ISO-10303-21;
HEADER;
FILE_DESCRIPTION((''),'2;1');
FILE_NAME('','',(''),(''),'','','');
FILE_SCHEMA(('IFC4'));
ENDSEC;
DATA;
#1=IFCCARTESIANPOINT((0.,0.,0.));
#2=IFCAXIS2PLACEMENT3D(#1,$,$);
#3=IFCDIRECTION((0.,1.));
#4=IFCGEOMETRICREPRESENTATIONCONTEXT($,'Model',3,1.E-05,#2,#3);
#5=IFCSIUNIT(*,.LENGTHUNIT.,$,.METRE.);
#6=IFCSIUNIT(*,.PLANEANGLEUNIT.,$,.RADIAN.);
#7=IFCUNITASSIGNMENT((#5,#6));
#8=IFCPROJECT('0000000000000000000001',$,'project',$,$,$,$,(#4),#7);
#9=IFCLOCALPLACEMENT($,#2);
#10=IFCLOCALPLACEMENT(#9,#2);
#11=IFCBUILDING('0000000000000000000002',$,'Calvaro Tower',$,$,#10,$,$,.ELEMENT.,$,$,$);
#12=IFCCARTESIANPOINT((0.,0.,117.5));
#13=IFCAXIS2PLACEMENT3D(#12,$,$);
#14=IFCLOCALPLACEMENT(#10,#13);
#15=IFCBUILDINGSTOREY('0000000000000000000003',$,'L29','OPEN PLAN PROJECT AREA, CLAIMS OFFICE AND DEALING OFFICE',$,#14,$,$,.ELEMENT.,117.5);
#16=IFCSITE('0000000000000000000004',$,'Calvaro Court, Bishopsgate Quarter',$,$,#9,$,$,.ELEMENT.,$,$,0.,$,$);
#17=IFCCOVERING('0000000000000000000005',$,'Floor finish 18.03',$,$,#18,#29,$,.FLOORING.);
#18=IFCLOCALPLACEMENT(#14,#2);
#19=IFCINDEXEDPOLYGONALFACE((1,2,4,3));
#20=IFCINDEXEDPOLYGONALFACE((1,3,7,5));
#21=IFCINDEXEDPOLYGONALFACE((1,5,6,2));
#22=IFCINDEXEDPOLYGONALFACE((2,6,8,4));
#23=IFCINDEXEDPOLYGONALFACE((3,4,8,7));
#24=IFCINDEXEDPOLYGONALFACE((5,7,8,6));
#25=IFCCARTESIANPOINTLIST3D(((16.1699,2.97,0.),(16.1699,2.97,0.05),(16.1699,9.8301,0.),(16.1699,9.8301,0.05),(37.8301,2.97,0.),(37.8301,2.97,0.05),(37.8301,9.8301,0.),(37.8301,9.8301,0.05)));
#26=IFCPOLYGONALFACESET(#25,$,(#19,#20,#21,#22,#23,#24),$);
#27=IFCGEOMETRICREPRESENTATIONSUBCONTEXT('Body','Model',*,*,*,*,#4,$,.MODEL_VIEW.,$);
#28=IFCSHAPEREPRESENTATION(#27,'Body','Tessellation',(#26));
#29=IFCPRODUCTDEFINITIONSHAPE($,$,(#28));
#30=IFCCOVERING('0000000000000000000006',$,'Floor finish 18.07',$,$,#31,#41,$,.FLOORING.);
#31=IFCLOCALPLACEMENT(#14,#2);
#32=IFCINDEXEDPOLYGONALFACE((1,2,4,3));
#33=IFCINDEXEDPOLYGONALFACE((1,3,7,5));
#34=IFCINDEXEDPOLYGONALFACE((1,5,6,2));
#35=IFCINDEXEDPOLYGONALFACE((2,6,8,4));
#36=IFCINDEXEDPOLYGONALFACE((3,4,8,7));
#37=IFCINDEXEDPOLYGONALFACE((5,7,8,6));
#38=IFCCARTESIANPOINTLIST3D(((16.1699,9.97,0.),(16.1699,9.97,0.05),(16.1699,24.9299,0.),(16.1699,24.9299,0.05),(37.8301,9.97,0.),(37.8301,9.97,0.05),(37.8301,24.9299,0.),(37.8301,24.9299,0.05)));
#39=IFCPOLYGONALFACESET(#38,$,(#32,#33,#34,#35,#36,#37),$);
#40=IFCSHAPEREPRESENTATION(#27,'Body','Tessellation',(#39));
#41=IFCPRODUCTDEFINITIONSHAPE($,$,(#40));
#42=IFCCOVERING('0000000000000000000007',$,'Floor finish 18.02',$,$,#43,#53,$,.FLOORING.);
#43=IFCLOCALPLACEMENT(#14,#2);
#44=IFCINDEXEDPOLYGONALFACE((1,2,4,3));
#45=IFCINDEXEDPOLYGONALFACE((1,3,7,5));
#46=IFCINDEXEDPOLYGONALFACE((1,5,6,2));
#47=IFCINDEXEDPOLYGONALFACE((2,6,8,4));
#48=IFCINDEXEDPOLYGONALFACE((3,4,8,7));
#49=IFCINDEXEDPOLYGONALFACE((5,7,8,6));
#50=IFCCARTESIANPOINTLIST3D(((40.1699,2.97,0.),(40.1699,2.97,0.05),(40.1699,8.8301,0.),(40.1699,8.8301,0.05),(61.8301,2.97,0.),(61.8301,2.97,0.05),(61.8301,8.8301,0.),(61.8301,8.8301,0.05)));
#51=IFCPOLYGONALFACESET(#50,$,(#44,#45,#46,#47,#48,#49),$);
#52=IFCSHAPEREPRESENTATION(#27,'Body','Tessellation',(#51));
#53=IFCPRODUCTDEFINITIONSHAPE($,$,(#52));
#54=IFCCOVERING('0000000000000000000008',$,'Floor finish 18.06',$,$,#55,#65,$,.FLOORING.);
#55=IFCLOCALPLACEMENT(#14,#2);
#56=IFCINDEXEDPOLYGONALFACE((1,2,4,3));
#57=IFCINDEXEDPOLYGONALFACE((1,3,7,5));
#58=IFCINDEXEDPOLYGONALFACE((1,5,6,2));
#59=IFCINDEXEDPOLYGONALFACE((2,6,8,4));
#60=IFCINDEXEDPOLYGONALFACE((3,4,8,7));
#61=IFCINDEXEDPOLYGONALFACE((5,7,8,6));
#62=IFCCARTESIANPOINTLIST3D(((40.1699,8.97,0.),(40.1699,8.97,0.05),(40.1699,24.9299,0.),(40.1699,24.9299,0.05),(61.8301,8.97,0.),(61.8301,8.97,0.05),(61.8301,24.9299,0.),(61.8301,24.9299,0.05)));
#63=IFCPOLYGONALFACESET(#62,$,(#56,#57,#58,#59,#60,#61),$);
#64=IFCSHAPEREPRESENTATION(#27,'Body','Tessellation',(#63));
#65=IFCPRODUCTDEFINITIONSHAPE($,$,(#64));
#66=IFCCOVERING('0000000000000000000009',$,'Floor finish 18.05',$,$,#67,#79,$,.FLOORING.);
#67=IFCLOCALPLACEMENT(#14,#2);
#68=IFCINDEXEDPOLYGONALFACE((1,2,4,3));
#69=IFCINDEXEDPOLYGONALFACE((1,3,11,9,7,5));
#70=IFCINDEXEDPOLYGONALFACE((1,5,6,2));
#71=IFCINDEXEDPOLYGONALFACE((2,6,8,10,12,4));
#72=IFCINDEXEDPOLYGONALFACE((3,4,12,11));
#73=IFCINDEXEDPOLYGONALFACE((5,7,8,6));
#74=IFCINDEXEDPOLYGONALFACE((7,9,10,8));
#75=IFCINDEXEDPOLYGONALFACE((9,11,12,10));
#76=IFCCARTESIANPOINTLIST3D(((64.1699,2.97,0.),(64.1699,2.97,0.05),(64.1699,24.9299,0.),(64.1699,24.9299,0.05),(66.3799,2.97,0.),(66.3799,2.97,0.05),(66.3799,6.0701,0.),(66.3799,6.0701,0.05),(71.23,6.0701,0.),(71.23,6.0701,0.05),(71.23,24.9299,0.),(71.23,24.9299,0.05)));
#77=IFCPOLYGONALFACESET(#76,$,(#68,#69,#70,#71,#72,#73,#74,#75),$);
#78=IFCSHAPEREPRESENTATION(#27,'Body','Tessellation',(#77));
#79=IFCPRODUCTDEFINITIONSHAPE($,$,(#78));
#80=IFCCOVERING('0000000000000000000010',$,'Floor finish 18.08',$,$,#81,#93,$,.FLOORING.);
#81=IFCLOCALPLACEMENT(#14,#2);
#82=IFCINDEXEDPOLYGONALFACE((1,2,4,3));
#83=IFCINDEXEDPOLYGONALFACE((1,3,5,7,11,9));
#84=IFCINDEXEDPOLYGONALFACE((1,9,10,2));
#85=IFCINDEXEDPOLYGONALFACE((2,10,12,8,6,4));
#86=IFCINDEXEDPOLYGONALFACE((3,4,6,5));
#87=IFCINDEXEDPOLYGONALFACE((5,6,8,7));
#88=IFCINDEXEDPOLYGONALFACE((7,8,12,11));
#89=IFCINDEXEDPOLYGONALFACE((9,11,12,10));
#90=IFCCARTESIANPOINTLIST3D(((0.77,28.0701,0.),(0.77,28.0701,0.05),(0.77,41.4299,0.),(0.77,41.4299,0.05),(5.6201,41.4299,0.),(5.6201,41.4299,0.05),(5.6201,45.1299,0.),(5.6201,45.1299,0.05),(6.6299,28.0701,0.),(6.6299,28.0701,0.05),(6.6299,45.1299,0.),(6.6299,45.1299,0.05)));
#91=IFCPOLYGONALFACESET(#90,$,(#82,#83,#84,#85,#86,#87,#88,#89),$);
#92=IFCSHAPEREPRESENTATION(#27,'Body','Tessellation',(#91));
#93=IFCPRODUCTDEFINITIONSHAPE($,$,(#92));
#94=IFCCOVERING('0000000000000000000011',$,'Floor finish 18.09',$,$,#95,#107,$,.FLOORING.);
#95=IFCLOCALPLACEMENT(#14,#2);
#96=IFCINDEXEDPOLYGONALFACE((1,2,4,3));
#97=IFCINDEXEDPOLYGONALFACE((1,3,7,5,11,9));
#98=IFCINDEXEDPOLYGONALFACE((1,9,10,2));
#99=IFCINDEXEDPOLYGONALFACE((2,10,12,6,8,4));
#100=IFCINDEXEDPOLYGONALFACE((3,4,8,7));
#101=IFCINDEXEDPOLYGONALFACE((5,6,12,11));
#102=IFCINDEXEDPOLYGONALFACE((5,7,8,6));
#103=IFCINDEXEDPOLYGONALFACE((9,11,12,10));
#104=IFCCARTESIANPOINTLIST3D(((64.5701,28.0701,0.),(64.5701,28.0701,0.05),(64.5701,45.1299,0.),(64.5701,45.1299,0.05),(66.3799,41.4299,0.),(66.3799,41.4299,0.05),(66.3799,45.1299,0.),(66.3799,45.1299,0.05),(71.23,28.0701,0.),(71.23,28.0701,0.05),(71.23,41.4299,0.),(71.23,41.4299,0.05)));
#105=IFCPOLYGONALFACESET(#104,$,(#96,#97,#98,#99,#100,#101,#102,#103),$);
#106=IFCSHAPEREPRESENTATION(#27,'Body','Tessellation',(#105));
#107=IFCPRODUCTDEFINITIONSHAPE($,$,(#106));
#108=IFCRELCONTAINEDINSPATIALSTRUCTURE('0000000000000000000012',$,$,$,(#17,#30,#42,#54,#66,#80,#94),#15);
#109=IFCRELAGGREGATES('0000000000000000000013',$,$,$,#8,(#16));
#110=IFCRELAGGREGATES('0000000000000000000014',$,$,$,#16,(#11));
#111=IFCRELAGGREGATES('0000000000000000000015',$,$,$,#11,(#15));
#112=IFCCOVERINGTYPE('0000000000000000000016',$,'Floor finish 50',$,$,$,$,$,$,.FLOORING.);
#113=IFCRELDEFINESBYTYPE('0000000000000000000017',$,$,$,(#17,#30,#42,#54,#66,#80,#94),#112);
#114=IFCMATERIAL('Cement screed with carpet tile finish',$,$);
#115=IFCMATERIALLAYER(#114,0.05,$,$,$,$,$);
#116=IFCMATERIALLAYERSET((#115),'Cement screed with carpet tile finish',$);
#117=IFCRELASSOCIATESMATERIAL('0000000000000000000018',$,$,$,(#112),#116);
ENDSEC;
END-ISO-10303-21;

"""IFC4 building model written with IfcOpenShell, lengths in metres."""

from ifc_helpers import new_model, si_unit, direction, frame, origin, place, context, subcontext, project, spatial, polyline, outline, extrude, material, layer, layer_set, type_object, element, save


model = new_model("IFC4")

# Units and contexts
model_context = context("Model", 3, precision=1e-05, world=origin(), true_north=direction((0.0, 1.0)))
body_context = subcontext(model_context, "Body", "Model", "MODEL_VIEW")
ifc_project = project(units=[si_unit("LENGTHUNIT", "METRE"), si_unit("PLANEANGLEUNIT", "RADIAN")], contexts=[model_context])

# Site, building, storey
site_placement = place(None, origin())
site = spatial("IfcSite", under=ifc_project, at=site_placement, Name="Calvaro Court, Bishopsgate Quarter", CompositionType="ELEMENT", RefElevation=0.0)
building_placement = place(site_placement, origin())
building = spatial("IfcBuilding", under=site, at=building_placement, Name="Calvaro Tower", CompositionType="ELEMENT")
storey_placement = place(building_placement, frame((0.0, 0.0, 117.5)))
storey = spatial("IfcBuildingStorey", under=building, at=storey_placement, Name="L29", Description="OPEN PLAN PROJECT AREA, CLAIMS OFFICE AND DEALING OFFICE", CompositionType="ELEMENT", Elevation=117.5)

# Coverings
ifc_material_1 = material(Name="Cement screed with carpet tile finish")
ifc_layer_1 = layer(ifc_material_1, 0.05)
ifc_layer_set_1 = layer_set([ifc_layer_1], Name="Cement screed with carpet tile finish")
covering_type = type_object("IfcCoveringType", Name="Floor finish 50", PredefinedType="FLOORING", material=ifc_layer_set_1)
covering_1_placement = place(storey_placement, origin())
element("IfcCovering", 1, at=covering_1_placement, inside=storey, type_object=covering_type, Name="Floor finish 18.03", PredefinedType="FLOORING", context=body_context, shape_type="SweptSolid", body=[
    extrude(outline(polyline([(16.1699, 9.8301), (37.8301, 9.8301), (37.8301, 2.97), (16.1699, 2.97), (16.1699, 9.8301)])), origin(), (0.0, 0.0, 1.0), 0.05),
])
covering_2_placement = place(storey_placement, origin())
element("IfcCovering", 2, at=covering_2_placement, inside=storey, type_object=covering_type, Name="Floor finish 18.07", PredefinedType="FLOORING", context=body_context, shape_type="SweptSolid", body=[
    extrude(outline(polyline([(16.1699, 9.97), (16.1699, 24.9299), (37.8301, 24.9299), (37.8301, 9.97), (16.1699, 9.97)])), origin(), (0.0, 0.0, 1.0), 0.05),
])
covering_3_placement = place(storey_placement, origin())
element("IfcCovering", 3, at=covering_3_placement, inside=storey, type_object=covering_type, Name="Floor finish 18.02", PredefinedType="FLOORING", context=body_context, shape_type="SweptSolid", body=[
    extrude(outline(polyline([(40.1699, 8.8301), (61.8301, 8.8301), (61.8301, 2.97), (40.1699, 2.97), (40.1699, 8.8301)])), origin(), (0.0, 0.0, 1.0), 0.05),
])
covering_4_placement = place(storey_placement, origin())
element("IfcCovering", 4, at=covering_4_placement, inside=storey, type_object=covering_type, Name="Floor finish 18.06", PredefinedType="FLOORING", context=body_context, shape_type="SweptSolid", body=[
    extrude(outline(polyline([(40.1699, 8.97), (40.1699, 24.9299), (61.8301, 24.9299), (61.8301, 8.97), (40.1699, 8.97)])), origin(), (0.0, 0.0, 1.0), 0.05),
])
covering_5_placement = place(storey_placement, origin())
element("IfcCovering", 5, at=covering_5_placement, inside=storey, type_object=covering_type, Name="Floor finish 18.05", PredefinedType="FLOORING", context=body_context, shape_type="SweptSolid", body=[
    extrude(outline(polyline([(71.23, 6.0701), (66.3799, 6.0701), (66.3799, 2.97), (64.1699, 2.97), (64.1699, 24.9299), (71.23, 24.9299), (71.23, 6.0701)])), origin(), (0.0, 0.0, 1.0), 0.05),
])
covering_6_placement = place(storey_placement, origin())
element("IfcCovering", 6, at=covering_6_placement, inside=storey, type_object=covering_type, Name="Floor finish 18.08", PredefinedType="FLOORING", context=body_context, shape_type="SweptSolid", body=[
    extrude(outline(polyline([(6.6299, 28.0701), (0.77, 28.0701), (0.77, 41.4299), (5.6201, 41.4299), (5.6201, 45.1299), (6.6299, 45.1299), (6.6299, 28.0701)])), origin(), (0.0, 0.0, 1.0), 0.05),
])
covering_7_placement = place(storey_placement, origin())
element("IfcCovering", 7, at=covering_7_placement, inside=storey, type_object=covering_type, Name="Floor finish 18.09", PredefinedType="FLOORING", context=body_context, shape_type="SweptSolid", body=[
    extrude(outline(polyline([(71.23, 28.0701), (64.5701, 28.0701), (64.5701, 45.1299), (66.3799, 45.1299), (66.3799, 41.4299), (71.23, 41.4299), (71.23, 28.0701)])), origin(), (0.0, 0.0, 1.0), 0.05),
])

save(model, "model.ifc")
